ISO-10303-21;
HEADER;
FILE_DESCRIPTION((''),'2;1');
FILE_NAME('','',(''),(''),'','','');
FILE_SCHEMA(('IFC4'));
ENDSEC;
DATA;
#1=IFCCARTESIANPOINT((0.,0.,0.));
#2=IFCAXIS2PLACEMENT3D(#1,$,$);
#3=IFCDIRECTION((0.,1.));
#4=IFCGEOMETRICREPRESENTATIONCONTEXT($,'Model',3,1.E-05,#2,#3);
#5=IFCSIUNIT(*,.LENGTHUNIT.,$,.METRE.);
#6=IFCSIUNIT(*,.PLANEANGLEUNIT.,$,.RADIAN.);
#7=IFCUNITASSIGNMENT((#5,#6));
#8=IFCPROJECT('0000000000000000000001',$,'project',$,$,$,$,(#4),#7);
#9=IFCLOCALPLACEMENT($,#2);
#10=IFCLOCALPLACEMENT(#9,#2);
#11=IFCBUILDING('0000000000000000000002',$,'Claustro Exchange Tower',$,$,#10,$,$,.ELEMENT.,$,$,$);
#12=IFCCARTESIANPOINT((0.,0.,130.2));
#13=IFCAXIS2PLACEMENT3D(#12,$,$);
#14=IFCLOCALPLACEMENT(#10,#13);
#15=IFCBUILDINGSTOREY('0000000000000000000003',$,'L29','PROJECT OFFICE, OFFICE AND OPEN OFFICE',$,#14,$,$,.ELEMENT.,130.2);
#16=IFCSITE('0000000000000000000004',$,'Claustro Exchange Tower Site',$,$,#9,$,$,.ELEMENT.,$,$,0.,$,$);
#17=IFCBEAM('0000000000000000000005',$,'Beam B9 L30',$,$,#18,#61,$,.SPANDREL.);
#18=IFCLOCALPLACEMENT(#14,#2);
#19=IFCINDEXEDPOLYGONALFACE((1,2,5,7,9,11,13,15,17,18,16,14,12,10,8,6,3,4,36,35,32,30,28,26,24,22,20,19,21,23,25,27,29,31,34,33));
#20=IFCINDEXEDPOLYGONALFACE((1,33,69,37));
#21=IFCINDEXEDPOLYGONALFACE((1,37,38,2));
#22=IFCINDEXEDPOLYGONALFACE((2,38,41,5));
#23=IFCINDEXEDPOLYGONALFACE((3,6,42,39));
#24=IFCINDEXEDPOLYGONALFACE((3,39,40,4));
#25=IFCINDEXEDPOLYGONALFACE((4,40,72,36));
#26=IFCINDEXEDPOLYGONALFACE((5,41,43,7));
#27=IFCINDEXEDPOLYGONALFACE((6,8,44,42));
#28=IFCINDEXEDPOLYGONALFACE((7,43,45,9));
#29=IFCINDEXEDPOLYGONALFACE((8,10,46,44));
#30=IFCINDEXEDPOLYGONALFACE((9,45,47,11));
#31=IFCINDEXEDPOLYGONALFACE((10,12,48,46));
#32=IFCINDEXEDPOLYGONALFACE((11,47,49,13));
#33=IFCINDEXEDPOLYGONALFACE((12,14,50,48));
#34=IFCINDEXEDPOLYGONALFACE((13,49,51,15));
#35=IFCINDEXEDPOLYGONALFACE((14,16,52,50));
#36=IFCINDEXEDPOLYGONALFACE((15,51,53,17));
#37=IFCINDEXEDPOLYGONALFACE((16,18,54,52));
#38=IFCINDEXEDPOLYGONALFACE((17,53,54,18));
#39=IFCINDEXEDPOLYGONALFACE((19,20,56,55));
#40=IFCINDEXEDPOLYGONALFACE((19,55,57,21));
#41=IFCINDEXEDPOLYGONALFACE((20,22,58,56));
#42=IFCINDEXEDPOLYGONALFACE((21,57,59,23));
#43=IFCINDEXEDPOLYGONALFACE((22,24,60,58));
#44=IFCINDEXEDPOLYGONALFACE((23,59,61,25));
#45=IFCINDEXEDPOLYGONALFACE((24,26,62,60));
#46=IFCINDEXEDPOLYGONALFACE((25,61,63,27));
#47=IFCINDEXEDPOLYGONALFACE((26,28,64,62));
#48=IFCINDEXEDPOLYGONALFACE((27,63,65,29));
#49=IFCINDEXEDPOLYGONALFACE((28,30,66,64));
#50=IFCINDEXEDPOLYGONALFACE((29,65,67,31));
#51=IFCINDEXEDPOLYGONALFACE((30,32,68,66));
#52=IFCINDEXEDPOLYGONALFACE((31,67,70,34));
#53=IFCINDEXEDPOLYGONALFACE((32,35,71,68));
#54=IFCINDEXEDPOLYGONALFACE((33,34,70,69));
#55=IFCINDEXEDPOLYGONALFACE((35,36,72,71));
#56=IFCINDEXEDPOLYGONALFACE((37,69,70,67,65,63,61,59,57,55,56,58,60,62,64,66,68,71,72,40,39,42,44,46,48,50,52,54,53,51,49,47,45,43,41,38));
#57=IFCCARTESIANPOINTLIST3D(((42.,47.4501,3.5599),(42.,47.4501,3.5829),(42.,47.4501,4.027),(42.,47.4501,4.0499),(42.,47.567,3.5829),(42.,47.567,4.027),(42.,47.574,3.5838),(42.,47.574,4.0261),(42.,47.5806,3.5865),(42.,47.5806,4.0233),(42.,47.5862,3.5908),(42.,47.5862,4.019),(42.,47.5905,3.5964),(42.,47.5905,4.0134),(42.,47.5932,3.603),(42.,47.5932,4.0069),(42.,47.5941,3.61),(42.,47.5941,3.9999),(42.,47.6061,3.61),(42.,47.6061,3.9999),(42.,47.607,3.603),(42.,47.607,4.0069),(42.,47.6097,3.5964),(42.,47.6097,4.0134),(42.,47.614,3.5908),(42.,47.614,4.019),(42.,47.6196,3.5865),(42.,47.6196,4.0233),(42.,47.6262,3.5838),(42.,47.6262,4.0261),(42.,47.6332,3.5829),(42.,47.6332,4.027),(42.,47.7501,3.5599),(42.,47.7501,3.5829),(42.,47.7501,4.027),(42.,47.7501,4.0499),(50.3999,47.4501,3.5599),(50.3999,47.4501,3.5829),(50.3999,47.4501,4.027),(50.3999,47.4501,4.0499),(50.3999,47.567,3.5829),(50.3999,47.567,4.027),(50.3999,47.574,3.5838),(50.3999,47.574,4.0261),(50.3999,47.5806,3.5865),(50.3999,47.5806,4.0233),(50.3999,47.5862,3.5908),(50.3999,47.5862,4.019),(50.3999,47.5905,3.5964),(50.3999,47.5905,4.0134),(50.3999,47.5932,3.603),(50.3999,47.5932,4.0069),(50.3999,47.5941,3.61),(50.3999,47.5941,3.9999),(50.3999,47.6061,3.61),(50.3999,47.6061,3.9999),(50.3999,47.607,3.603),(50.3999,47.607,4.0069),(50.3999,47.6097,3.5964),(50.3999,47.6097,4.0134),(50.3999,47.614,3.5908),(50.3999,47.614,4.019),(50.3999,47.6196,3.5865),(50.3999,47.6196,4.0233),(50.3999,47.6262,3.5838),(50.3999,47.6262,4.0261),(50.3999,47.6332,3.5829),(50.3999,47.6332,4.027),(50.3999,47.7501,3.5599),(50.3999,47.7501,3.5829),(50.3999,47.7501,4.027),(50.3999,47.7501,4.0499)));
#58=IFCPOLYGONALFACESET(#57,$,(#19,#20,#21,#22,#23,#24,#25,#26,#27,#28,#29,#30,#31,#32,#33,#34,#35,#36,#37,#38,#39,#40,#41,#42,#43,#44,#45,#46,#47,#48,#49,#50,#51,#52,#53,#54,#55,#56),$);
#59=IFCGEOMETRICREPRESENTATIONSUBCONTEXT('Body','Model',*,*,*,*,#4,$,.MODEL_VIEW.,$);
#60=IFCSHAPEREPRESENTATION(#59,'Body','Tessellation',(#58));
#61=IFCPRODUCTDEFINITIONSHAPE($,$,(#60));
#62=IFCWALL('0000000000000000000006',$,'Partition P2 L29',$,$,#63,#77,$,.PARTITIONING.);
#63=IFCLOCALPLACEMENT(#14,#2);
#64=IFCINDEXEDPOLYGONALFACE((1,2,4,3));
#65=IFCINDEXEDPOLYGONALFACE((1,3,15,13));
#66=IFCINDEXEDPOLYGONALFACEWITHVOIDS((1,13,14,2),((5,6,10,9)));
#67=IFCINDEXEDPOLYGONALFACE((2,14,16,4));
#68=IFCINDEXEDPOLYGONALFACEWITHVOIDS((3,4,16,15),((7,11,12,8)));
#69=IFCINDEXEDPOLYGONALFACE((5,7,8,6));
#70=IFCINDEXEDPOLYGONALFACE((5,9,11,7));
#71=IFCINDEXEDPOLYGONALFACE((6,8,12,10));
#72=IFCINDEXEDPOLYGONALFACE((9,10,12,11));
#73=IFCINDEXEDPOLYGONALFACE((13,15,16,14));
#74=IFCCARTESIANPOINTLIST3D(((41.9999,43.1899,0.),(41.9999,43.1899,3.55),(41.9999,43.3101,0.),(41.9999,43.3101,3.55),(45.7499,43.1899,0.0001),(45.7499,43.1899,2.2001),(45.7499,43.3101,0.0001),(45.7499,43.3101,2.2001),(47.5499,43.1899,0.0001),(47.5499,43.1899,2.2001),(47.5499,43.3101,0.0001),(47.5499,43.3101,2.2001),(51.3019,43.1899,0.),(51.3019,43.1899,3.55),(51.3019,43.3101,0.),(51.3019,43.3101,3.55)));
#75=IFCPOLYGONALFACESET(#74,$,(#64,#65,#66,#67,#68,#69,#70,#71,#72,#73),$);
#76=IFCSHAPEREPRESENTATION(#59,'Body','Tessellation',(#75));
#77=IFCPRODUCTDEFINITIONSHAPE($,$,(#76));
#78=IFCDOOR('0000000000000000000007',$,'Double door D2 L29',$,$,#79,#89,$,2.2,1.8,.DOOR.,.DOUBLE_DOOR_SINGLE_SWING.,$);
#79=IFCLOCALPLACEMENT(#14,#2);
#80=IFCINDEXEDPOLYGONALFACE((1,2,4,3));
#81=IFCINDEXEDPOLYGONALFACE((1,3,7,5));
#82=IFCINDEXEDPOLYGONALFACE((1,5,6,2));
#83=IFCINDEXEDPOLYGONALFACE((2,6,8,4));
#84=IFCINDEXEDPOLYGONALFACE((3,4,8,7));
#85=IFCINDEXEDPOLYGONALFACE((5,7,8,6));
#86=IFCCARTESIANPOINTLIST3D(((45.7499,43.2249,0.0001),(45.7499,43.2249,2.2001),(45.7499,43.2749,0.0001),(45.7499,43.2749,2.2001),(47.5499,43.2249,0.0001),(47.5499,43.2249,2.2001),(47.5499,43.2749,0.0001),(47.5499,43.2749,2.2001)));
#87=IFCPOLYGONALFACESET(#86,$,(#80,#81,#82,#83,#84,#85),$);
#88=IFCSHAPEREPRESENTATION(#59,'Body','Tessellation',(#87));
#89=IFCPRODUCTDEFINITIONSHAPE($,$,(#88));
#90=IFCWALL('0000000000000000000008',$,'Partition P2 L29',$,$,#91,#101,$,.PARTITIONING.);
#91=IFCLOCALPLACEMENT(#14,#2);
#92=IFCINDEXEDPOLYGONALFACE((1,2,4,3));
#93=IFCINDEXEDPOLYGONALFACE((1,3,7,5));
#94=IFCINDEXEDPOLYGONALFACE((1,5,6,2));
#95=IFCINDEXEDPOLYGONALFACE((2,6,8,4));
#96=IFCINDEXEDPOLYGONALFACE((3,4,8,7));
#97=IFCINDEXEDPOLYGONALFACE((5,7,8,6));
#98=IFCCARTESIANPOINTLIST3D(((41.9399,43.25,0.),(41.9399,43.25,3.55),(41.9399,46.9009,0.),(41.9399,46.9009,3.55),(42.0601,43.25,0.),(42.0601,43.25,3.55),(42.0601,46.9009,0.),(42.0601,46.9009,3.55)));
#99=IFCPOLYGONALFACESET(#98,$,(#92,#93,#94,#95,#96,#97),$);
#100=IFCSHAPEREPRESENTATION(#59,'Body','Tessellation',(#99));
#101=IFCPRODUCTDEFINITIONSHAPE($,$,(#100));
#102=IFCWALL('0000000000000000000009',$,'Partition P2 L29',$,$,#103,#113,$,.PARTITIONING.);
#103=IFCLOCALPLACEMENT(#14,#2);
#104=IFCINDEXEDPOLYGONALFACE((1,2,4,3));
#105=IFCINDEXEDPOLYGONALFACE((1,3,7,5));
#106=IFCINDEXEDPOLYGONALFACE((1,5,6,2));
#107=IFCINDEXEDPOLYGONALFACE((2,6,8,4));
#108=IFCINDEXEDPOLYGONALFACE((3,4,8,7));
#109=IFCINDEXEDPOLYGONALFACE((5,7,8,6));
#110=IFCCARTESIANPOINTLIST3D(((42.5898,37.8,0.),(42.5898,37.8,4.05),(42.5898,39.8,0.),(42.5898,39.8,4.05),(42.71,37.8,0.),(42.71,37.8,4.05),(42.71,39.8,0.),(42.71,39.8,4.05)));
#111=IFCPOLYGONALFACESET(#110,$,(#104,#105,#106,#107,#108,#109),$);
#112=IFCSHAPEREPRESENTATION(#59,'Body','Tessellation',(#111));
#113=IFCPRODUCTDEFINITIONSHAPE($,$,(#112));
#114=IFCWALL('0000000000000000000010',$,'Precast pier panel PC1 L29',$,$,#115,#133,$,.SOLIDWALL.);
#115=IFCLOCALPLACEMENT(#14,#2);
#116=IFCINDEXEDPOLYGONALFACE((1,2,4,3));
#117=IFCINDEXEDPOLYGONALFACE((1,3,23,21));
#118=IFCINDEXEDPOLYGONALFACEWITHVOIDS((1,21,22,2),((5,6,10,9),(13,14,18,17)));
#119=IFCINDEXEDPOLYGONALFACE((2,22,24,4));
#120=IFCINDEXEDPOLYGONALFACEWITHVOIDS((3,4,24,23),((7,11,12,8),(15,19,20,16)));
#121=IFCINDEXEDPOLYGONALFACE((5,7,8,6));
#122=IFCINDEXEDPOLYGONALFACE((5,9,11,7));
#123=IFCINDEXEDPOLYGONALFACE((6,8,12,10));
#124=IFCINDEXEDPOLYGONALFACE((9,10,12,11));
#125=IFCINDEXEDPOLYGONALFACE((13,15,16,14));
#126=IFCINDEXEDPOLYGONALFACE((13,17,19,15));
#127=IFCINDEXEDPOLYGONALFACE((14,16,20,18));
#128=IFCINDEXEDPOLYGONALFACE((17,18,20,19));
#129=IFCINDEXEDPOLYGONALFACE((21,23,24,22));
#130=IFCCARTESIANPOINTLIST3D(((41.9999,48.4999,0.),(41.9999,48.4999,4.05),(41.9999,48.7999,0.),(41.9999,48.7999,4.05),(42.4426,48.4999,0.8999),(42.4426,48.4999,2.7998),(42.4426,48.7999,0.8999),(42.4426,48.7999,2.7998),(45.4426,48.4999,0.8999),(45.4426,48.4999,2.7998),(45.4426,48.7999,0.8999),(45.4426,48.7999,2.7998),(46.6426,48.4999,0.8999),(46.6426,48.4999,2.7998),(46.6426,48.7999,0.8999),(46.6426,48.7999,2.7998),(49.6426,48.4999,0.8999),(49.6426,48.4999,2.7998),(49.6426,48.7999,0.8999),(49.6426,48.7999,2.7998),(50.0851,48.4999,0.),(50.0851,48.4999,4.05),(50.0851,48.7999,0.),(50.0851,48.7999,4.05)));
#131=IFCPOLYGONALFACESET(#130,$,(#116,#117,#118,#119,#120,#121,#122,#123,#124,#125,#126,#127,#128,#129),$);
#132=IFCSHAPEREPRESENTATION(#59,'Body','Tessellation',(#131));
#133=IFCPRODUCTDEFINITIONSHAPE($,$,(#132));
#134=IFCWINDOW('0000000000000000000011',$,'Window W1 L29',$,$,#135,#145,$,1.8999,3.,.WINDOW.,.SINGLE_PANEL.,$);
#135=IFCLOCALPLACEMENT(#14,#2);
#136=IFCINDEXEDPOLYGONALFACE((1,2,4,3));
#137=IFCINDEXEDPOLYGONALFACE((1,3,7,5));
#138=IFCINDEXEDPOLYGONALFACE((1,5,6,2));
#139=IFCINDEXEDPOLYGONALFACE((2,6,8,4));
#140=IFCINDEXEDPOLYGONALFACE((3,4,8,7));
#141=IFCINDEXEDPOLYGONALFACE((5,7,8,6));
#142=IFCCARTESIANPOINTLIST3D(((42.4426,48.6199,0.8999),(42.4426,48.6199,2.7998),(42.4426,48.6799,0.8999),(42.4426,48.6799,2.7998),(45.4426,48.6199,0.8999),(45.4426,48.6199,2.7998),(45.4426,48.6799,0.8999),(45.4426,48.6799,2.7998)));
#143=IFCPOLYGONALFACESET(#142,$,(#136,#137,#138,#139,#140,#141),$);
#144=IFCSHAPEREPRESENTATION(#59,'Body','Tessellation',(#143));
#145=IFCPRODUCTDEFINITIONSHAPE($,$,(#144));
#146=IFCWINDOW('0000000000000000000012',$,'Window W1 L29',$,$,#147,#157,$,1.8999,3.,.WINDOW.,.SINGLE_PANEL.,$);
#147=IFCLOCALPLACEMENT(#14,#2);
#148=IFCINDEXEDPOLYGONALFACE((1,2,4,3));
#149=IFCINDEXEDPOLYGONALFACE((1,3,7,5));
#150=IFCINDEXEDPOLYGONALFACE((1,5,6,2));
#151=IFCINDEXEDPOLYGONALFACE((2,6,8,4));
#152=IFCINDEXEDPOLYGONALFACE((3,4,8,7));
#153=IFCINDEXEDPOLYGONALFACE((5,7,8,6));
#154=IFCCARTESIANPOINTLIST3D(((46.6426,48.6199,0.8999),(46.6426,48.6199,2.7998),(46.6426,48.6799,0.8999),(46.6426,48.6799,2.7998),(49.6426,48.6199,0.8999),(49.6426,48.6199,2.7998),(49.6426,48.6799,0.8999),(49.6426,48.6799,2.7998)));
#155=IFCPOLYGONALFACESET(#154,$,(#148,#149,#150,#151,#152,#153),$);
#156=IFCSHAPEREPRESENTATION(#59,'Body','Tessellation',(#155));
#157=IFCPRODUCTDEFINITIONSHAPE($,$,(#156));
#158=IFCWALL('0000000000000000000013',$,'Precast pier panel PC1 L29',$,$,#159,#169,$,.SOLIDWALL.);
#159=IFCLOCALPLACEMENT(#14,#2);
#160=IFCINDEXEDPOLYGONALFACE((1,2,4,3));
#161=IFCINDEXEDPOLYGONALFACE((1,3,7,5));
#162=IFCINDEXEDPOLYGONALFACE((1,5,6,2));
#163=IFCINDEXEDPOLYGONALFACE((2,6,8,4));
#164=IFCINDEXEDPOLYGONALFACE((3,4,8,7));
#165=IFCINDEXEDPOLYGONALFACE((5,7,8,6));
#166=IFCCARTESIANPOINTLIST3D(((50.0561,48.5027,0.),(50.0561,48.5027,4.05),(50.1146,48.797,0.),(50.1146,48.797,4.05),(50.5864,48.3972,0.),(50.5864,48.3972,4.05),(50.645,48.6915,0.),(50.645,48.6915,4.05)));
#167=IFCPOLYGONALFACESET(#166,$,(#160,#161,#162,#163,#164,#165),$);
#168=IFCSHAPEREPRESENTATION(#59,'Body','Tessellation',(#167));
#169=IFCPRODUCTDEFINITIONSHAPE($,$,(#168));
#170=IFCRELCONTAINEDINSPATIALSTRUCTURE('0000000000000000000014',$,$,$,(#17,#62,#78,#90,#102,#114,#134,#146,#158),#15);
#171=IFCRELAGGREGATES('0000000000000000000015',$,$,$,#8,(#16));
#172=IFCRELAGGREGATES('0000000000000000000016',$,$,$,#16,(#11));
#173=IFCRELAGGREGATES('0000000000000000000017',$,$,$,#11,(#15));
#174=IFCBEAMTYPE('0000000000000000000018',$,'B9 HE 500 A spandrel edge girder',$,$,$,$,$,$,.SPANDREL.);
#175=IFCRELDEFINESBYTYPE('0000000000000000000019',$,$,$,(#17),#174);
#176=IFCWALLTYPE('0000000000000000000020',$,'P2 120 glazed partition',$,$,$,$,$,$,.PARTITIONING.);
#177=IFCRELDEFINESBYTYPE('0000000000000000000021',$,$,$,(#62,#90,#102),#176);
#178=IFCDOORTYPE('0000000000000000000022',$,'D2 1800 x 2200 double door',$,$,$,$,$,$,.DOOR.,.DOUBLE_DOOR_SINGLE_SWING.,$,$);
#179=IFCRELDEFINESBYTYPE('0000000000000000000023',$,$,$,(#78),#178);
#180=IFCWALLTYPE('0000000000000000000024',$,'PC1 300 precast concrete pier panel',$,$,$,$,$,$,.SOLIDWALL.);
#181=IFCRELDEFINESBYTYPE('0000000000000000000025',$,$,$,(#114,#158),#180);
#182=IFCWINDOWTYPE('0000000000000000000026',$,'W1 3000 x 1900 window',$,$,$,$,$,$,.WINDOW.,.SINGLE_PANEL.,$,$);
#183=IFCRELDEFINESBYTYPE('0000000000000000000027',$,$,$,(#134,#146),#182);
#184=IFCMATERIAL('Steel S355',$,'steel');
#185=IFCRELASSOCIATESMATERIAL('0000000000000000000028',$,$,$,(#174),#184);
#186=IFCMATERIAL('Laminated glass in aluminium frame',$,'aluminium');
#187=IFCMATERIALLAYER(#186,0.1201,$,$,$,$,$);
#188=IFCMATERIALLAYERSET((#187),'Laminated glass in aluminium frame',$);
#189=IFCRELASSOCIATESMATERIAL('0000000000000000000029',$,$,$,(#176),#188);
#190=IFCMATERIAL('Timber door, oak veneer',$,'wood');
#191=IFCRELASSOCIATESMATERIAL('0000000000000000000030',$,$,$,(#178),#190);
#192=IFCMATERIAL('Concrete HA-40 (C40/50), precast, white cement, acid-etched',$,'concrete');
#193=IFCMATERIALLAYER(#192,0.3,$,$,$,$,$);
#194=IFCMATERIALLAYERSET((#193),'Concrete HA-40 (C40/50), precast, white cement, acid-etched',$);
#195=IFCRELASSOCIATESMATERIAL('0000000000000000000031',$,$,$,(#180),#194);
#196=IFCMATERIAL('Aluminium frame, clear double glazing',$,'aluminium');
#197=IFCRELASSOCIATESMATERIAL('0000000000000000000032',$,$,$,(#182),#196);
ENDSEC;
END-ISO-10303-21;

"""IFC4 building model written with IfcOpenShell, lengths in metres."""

from ifc_helpers import new_model, si_unit, direction, frame, frame_2d, origin, origin_2d, place, context, subcontext, project, spatial, rectangle, i_section, extrude, material, layer, layer_set, material_profile, profile_set, type_object, element, fill, save


model = new_model("IFC4")

# Units and contexts
model_context = context("Model", 3, precision=1e-05, world=origin(), true_north=direction((0.0, 1.0)))
body_context = subcontext(model_context, "Body", "Model", "MODEL_VIEW")
ifc_project = project(units=[si_unit("LENGTHUNIT", "METRE"), si_unit("PLANEANGLEUNIT", "RADIAN")], contexts=[model_context])

# Site, building, storey
site_placement = place(None, origin())
site = spatial("IfcSite", under=ifc_project, at=site_placement, Name="Claustro Exchange Tower Site", CompositionType="ELEMENT", RefElevation=0.0)
building_placement = place(site_placement, origin())
building = spatial("IfcBuilding", under=site, at=building_placement, Name="Claustro Exchange Tower", CompositionType="ELEMENT")
storey_placement = place(building_placement, frame((0.0, 0.0, 130.2)))
storey = spatial("IfcBuildingStorey", under=building, at=storey_placement, Name="L29", Description="PROJECT OFFICE, OFFICE AND OPEN OFFICE", CompositionType="ELEMENT", Elevation=130.2)

# Beam
ifc_material_1 = material(Name="Steel S355", Category="steel")
ifc_material_profile_1 = material_profile(ifc_material_1, i_section(OverallWidth=0.3, OverallDepth=0.49, WebThickness=0.012, FlangeThickness=0.0229, FilletRadius=0.0271, at=origin_2d()), Name="HE 500 A")
ifc_profile_set_1 = profile_set([ifc_material_profile_1], Name="Steel S355")
beam_type_1 = type_object("IfcBeamType", Name="B9 HE 500 A spandrel edge girder", PredefinedType="SPANDREL", material=ifc_profile_set_1)
beam_1_placement = place(storey_placement, frame((42.0, 47.6001, 3.8049), z_axis=(1.0, 0.0, 0.0), x_axis=(0.0, 1.0, 0.0)))
element("IfcBeam", 1, at=beam_1_placement, inside=storey, type_object=beam_type_1, Name="Beam B9 L30", PredefinedType="SPANDREL", context=body_context, shape_type="SweptSolid", body=[
    extrude(i_section(OverallWidth=0.3, OverallDepth=0.49, WebThickness=0.012, FlangeThickness=0.0229, FilletRadius=0.0271, at=origin_2d()), origin(), (0.0, 0.0, 1.0), 8.3999),
])

# Wall, opening, door
ifc_material_2 = material(Name="Laminated glass in aluminium frame", Category="aluminium")
ifc_layer_1 = layer(ifc_material_2, 0.1201)
ifc_layer_set_1 = layer_set([ifc_layer_1], Name="Laminated glass in aluminium frame")
wall_type_1 = type_object("IfcWallType", Name="P2 120 glazed partition", PredefinedType="PARTITIONING", material=ifc_layer_set_1)
wall_1_placement = place(storey_placement, frame((42.0, 43.25, 0.0), z_axis=(0.0, 0.0, 1.0), x_axis=(1.0, 0.0, 0.0)))
wall_1 = element("IfcWall", 2, at=wall_1_placement, inside=storey, type_object=wall_type_1, Name="Partition P2 L29", PredefinedType="PARTITIONING", context=body_context, shape_type="SweptSolid", body=[
    extrude(rectangle(XDim=9.302, YDim=0.1201, at=frame_2d((4.6509, 0.0))), origin(), (0.0, 0.0, 1.0), 3.55),
])
opening_1_placement = place(wall_1_placement, frame((3.75, 0.0, 0.0)))
opening_1 = element("IfcOpeningElement", 3, at=opening_1_placement, cuts=wall_1, PredefinedType="OPENING", context=body_context, shape_type="SweptSolid", body=[
    extrude(rectangle(XDim=1.8, YDim=2.2, at=frame_2d((0.8999, 1.1001))), frame((0.0, 0.0701, 0.0), z_axis=(0.0, -1.0, 0.0), x_axis=(1.0, 0.0, 0.0)), (0.0, 0.0, 1.0), 0.1401),
])
ifc_material_3 = material(Name="Timber door, oak veneer", Category="wood")
door_type = type_object("IfcDoorType", Name="D2 1800 x 2200 double door", OperationType="DOUBLE_DOOR_SINGLE_SWING", PredefinedType="DOOR", material=ifc_material_3)
door_placement = place(opening_1_placement, origin())
door = element("IfcDoor", 4, at=door_placement, inside=storey, type_object=door_type, Name="Double door D2 L29", OperationType="DOUBLE_DOOR_SINGLE_SWING", OverallHeight=2.2, OverallWidth=1.8, PredefinedType="DOOR", context=body_context, shape_type="SweptSolid", body=[
    extrude(rectangle(XDim=1.8, YDim=2.2, at=frame_2d((0.8999, 1.1001))), frame((0.0, 0.0249, 0.0), z_axis=(0.0, -1.0, 0.0), x_axis=(1.0, 0.0, 0.0)), (0.0, 0.0, 1.0), 0.05),
])
fill(opening_1, door)

# Walls
wall_2_placement = place(storey_placement, frame((42.0, 43.25, 0.0), z_axis=(0.0, 0.0, 1.0), x_axis=(0.0, 1.0, 0.0)))
element("IfcWall", 5, at=wall_2_placement, inside=storey, type_object=wall_type_1, Name="Partition P2 L29", PredefinedType="PARTITIONING", context=body_context, shape_type="SweptSolid", body=[
    extrude(rectangle(XDim=3.6509, YDim=0.1201, at=frame_2d((1.8254, 0.0))), origin(), (0.0, 0.0, 1.0), 3.55),
])
wall_3_placement = place(storey_placement, frame((42.6499, 37.8, 0.0), z_axis=(0.0, 0.0, 1.0), x_axis=(0.0, 1.0, 0.0)))
element("IfcWall", 6, at=wall_3_placement, inside=storey, type_object=wall_type_1, Name="Partition P2 L29", PredefinedType="PARTITIONING", context=body_context, shape_type="SweptSolid", body=[
    extrude(rectangle(XDim=2.0, YDim=0.1201, at=frame_2d((1.0, 0.0))), origin(), (0.0, 0.0, 1.0), 4.05),
])

# Wall, openings, windows
ifc_material_4 = material(Name="Concrete HA-40 (C40/50), precast, white cement, acid-etched", Category="concrete")
ifc_layer_2 = layer(ifc_material_4, 0.3)
ifc_layer_set_2 = layer_set([ifc_layer_2], Name="Concrete HA-40 (C40/50), precast, white cement, acid-etched")
wall_type_2 = type_object("IfcWallType", Name="PC1 300 precast concrete pier panel", PredefinedType="SOLIDWALL", material=ifc_layer_set_2)
wall_4_placement = place(storey_placement, frame((42.0, 48.6499, 0.0), z_axis=(0.0, 0.0, 1.0), x_axis=(1.0, 0.0, 0.0)))
wall_4 = element("IfcWall", 7, at=wall_4_placement, inside=storey, type_object=wall_type_2, Name="Precast pier panel PC1 L29", PredefinedType="SOLIDWALL", context=body_context, shape_type="SweptSolid", body=[
    extrude(rectangle(XDim=8.0852, YDim=0.3, at=frame_2d((4.0425, 0.0))), origin(), (0.0, 0.0, 1.0), 4.05),
])
opening_2_placement = place(wall_4_placement, frame((0.4426, 0.0, 0.8999)))
opening_2 = element("IfcOpeningElement", 8, at=opening_2_placement, cuts=wall_4, PredefinedType="OPENING", context=body_context, shape_type="SweptSolid", body=[
    extrude(rectangle(XDim=3.0, YDim=1.8999, at=frame_2d((1.5, 0.95))), frame((0.0, 0.1599, 0.0), z_axis=(0.0, -1.0, 0.0), x_axis=(1.0, 0.0, 0.0)), (0.0, 0.0, 1.0), 0.3201),
])
opening_3_placement = place(wall_4_placement, frame((4.6426, 0.0, 0.8999)))
opening_3 = element("IfcOpeningElement", 9, at=opening_3_placement, cuts=wall_4, PredefinedType="OPENING", context=body_context, shape_type="SweptSolid", body=[
    extrude(rectangle(XDim=3.0, YDim=1.8999, at=frame_2d((1.5, 0.95))), frame((0.0, 0.1599, 0.0), z_axis=(0.0, -1.0, 0.0), x_axis=(1.0, 0.0, 0.0)), (0.0, 0.0, 1.0), 0.3201),
])
ifc_material_5 = material(Name="Aluminium frame, clear double glazing", Category="aluminium")
window_type_1 = type_object("IfcWindowType", Name="W1 3000 x 1900 window", PartitioningType="SINGLE_PANEL", PredefinedType="WINDOW", material=ifc_material_5)
window_1_placement = place(opening_2_placement, origin())
window_1 = element("IfcWindow", 10, at=window_1_placement, inside=storey, type_object=window_type_1, Name="Window W1 L29", OverallHeight=1.8999, OverallWidth=3.0, PartitioningType="SINGLE_PANEL", PredefinedType="WINDOW", context=body_context, shape_type="SweptSolid", body=[
    extrude(rectangle(XDim=3.0, YDim=1.8999, at=frame_2d((1.5, 0.95))), frame((0.0, 0.03, 0.0), z_axis=(0.0, -1.0, 0.0), x_axis=(1.0, 0.0, 0.0)), (0.0, 0.0, 1.0), 0.0601),
])
fill(opening_2, window_1)
window_2_placement = place(opening_3_placement, origin())
window_2 = element("IfcWindow", 11, at=window_2_placement, inside=storey, type_object=window_type_1, Name="Window W1 L29", OverallHeight=1.8999, OverallWidth=3.0, PartitioningType="SINGLE_PANEL", PredefinedType="WINDOW", context=body_context, shape_type="SweptSolid", body=[
    extrude(rectangle(XDim=3.0, YDim=1.8999, at=frame_2d((1.5, 0.95))), frame((0.0, 0.03, 0.0), z_axis=(0.0, -1.0, 0.0), x_axis=(1.0, 0.0, 0.0)), (0.0, 0.0, 1.0), 0.0601),
])
fill(opening_3, window_2)

# Wall
wall_5_placement = place(storey_placement, frame((50.0852, 48.6499, 0.0), z_axis=(0.0, 0.0, 1.0), x_axis=(0.980789, -0.195074, 0.0)))
element("IfcWall", 12, at=wall_5_placement, inside=storey, type_object=wall_type_2, Name="Precast pier panel PC1 L29", PredefinedType="SOLIDWALL", context=body_context, shape_type="SweptSolid", body=[
    extrude(rectangle(XDim=0.5408, YDim=0.3, at=frame_2d((0.2705, 0.0))), origin(), (0.0, 0.0, 1.0), 4.05),
])

save(model, "model.ifc")
